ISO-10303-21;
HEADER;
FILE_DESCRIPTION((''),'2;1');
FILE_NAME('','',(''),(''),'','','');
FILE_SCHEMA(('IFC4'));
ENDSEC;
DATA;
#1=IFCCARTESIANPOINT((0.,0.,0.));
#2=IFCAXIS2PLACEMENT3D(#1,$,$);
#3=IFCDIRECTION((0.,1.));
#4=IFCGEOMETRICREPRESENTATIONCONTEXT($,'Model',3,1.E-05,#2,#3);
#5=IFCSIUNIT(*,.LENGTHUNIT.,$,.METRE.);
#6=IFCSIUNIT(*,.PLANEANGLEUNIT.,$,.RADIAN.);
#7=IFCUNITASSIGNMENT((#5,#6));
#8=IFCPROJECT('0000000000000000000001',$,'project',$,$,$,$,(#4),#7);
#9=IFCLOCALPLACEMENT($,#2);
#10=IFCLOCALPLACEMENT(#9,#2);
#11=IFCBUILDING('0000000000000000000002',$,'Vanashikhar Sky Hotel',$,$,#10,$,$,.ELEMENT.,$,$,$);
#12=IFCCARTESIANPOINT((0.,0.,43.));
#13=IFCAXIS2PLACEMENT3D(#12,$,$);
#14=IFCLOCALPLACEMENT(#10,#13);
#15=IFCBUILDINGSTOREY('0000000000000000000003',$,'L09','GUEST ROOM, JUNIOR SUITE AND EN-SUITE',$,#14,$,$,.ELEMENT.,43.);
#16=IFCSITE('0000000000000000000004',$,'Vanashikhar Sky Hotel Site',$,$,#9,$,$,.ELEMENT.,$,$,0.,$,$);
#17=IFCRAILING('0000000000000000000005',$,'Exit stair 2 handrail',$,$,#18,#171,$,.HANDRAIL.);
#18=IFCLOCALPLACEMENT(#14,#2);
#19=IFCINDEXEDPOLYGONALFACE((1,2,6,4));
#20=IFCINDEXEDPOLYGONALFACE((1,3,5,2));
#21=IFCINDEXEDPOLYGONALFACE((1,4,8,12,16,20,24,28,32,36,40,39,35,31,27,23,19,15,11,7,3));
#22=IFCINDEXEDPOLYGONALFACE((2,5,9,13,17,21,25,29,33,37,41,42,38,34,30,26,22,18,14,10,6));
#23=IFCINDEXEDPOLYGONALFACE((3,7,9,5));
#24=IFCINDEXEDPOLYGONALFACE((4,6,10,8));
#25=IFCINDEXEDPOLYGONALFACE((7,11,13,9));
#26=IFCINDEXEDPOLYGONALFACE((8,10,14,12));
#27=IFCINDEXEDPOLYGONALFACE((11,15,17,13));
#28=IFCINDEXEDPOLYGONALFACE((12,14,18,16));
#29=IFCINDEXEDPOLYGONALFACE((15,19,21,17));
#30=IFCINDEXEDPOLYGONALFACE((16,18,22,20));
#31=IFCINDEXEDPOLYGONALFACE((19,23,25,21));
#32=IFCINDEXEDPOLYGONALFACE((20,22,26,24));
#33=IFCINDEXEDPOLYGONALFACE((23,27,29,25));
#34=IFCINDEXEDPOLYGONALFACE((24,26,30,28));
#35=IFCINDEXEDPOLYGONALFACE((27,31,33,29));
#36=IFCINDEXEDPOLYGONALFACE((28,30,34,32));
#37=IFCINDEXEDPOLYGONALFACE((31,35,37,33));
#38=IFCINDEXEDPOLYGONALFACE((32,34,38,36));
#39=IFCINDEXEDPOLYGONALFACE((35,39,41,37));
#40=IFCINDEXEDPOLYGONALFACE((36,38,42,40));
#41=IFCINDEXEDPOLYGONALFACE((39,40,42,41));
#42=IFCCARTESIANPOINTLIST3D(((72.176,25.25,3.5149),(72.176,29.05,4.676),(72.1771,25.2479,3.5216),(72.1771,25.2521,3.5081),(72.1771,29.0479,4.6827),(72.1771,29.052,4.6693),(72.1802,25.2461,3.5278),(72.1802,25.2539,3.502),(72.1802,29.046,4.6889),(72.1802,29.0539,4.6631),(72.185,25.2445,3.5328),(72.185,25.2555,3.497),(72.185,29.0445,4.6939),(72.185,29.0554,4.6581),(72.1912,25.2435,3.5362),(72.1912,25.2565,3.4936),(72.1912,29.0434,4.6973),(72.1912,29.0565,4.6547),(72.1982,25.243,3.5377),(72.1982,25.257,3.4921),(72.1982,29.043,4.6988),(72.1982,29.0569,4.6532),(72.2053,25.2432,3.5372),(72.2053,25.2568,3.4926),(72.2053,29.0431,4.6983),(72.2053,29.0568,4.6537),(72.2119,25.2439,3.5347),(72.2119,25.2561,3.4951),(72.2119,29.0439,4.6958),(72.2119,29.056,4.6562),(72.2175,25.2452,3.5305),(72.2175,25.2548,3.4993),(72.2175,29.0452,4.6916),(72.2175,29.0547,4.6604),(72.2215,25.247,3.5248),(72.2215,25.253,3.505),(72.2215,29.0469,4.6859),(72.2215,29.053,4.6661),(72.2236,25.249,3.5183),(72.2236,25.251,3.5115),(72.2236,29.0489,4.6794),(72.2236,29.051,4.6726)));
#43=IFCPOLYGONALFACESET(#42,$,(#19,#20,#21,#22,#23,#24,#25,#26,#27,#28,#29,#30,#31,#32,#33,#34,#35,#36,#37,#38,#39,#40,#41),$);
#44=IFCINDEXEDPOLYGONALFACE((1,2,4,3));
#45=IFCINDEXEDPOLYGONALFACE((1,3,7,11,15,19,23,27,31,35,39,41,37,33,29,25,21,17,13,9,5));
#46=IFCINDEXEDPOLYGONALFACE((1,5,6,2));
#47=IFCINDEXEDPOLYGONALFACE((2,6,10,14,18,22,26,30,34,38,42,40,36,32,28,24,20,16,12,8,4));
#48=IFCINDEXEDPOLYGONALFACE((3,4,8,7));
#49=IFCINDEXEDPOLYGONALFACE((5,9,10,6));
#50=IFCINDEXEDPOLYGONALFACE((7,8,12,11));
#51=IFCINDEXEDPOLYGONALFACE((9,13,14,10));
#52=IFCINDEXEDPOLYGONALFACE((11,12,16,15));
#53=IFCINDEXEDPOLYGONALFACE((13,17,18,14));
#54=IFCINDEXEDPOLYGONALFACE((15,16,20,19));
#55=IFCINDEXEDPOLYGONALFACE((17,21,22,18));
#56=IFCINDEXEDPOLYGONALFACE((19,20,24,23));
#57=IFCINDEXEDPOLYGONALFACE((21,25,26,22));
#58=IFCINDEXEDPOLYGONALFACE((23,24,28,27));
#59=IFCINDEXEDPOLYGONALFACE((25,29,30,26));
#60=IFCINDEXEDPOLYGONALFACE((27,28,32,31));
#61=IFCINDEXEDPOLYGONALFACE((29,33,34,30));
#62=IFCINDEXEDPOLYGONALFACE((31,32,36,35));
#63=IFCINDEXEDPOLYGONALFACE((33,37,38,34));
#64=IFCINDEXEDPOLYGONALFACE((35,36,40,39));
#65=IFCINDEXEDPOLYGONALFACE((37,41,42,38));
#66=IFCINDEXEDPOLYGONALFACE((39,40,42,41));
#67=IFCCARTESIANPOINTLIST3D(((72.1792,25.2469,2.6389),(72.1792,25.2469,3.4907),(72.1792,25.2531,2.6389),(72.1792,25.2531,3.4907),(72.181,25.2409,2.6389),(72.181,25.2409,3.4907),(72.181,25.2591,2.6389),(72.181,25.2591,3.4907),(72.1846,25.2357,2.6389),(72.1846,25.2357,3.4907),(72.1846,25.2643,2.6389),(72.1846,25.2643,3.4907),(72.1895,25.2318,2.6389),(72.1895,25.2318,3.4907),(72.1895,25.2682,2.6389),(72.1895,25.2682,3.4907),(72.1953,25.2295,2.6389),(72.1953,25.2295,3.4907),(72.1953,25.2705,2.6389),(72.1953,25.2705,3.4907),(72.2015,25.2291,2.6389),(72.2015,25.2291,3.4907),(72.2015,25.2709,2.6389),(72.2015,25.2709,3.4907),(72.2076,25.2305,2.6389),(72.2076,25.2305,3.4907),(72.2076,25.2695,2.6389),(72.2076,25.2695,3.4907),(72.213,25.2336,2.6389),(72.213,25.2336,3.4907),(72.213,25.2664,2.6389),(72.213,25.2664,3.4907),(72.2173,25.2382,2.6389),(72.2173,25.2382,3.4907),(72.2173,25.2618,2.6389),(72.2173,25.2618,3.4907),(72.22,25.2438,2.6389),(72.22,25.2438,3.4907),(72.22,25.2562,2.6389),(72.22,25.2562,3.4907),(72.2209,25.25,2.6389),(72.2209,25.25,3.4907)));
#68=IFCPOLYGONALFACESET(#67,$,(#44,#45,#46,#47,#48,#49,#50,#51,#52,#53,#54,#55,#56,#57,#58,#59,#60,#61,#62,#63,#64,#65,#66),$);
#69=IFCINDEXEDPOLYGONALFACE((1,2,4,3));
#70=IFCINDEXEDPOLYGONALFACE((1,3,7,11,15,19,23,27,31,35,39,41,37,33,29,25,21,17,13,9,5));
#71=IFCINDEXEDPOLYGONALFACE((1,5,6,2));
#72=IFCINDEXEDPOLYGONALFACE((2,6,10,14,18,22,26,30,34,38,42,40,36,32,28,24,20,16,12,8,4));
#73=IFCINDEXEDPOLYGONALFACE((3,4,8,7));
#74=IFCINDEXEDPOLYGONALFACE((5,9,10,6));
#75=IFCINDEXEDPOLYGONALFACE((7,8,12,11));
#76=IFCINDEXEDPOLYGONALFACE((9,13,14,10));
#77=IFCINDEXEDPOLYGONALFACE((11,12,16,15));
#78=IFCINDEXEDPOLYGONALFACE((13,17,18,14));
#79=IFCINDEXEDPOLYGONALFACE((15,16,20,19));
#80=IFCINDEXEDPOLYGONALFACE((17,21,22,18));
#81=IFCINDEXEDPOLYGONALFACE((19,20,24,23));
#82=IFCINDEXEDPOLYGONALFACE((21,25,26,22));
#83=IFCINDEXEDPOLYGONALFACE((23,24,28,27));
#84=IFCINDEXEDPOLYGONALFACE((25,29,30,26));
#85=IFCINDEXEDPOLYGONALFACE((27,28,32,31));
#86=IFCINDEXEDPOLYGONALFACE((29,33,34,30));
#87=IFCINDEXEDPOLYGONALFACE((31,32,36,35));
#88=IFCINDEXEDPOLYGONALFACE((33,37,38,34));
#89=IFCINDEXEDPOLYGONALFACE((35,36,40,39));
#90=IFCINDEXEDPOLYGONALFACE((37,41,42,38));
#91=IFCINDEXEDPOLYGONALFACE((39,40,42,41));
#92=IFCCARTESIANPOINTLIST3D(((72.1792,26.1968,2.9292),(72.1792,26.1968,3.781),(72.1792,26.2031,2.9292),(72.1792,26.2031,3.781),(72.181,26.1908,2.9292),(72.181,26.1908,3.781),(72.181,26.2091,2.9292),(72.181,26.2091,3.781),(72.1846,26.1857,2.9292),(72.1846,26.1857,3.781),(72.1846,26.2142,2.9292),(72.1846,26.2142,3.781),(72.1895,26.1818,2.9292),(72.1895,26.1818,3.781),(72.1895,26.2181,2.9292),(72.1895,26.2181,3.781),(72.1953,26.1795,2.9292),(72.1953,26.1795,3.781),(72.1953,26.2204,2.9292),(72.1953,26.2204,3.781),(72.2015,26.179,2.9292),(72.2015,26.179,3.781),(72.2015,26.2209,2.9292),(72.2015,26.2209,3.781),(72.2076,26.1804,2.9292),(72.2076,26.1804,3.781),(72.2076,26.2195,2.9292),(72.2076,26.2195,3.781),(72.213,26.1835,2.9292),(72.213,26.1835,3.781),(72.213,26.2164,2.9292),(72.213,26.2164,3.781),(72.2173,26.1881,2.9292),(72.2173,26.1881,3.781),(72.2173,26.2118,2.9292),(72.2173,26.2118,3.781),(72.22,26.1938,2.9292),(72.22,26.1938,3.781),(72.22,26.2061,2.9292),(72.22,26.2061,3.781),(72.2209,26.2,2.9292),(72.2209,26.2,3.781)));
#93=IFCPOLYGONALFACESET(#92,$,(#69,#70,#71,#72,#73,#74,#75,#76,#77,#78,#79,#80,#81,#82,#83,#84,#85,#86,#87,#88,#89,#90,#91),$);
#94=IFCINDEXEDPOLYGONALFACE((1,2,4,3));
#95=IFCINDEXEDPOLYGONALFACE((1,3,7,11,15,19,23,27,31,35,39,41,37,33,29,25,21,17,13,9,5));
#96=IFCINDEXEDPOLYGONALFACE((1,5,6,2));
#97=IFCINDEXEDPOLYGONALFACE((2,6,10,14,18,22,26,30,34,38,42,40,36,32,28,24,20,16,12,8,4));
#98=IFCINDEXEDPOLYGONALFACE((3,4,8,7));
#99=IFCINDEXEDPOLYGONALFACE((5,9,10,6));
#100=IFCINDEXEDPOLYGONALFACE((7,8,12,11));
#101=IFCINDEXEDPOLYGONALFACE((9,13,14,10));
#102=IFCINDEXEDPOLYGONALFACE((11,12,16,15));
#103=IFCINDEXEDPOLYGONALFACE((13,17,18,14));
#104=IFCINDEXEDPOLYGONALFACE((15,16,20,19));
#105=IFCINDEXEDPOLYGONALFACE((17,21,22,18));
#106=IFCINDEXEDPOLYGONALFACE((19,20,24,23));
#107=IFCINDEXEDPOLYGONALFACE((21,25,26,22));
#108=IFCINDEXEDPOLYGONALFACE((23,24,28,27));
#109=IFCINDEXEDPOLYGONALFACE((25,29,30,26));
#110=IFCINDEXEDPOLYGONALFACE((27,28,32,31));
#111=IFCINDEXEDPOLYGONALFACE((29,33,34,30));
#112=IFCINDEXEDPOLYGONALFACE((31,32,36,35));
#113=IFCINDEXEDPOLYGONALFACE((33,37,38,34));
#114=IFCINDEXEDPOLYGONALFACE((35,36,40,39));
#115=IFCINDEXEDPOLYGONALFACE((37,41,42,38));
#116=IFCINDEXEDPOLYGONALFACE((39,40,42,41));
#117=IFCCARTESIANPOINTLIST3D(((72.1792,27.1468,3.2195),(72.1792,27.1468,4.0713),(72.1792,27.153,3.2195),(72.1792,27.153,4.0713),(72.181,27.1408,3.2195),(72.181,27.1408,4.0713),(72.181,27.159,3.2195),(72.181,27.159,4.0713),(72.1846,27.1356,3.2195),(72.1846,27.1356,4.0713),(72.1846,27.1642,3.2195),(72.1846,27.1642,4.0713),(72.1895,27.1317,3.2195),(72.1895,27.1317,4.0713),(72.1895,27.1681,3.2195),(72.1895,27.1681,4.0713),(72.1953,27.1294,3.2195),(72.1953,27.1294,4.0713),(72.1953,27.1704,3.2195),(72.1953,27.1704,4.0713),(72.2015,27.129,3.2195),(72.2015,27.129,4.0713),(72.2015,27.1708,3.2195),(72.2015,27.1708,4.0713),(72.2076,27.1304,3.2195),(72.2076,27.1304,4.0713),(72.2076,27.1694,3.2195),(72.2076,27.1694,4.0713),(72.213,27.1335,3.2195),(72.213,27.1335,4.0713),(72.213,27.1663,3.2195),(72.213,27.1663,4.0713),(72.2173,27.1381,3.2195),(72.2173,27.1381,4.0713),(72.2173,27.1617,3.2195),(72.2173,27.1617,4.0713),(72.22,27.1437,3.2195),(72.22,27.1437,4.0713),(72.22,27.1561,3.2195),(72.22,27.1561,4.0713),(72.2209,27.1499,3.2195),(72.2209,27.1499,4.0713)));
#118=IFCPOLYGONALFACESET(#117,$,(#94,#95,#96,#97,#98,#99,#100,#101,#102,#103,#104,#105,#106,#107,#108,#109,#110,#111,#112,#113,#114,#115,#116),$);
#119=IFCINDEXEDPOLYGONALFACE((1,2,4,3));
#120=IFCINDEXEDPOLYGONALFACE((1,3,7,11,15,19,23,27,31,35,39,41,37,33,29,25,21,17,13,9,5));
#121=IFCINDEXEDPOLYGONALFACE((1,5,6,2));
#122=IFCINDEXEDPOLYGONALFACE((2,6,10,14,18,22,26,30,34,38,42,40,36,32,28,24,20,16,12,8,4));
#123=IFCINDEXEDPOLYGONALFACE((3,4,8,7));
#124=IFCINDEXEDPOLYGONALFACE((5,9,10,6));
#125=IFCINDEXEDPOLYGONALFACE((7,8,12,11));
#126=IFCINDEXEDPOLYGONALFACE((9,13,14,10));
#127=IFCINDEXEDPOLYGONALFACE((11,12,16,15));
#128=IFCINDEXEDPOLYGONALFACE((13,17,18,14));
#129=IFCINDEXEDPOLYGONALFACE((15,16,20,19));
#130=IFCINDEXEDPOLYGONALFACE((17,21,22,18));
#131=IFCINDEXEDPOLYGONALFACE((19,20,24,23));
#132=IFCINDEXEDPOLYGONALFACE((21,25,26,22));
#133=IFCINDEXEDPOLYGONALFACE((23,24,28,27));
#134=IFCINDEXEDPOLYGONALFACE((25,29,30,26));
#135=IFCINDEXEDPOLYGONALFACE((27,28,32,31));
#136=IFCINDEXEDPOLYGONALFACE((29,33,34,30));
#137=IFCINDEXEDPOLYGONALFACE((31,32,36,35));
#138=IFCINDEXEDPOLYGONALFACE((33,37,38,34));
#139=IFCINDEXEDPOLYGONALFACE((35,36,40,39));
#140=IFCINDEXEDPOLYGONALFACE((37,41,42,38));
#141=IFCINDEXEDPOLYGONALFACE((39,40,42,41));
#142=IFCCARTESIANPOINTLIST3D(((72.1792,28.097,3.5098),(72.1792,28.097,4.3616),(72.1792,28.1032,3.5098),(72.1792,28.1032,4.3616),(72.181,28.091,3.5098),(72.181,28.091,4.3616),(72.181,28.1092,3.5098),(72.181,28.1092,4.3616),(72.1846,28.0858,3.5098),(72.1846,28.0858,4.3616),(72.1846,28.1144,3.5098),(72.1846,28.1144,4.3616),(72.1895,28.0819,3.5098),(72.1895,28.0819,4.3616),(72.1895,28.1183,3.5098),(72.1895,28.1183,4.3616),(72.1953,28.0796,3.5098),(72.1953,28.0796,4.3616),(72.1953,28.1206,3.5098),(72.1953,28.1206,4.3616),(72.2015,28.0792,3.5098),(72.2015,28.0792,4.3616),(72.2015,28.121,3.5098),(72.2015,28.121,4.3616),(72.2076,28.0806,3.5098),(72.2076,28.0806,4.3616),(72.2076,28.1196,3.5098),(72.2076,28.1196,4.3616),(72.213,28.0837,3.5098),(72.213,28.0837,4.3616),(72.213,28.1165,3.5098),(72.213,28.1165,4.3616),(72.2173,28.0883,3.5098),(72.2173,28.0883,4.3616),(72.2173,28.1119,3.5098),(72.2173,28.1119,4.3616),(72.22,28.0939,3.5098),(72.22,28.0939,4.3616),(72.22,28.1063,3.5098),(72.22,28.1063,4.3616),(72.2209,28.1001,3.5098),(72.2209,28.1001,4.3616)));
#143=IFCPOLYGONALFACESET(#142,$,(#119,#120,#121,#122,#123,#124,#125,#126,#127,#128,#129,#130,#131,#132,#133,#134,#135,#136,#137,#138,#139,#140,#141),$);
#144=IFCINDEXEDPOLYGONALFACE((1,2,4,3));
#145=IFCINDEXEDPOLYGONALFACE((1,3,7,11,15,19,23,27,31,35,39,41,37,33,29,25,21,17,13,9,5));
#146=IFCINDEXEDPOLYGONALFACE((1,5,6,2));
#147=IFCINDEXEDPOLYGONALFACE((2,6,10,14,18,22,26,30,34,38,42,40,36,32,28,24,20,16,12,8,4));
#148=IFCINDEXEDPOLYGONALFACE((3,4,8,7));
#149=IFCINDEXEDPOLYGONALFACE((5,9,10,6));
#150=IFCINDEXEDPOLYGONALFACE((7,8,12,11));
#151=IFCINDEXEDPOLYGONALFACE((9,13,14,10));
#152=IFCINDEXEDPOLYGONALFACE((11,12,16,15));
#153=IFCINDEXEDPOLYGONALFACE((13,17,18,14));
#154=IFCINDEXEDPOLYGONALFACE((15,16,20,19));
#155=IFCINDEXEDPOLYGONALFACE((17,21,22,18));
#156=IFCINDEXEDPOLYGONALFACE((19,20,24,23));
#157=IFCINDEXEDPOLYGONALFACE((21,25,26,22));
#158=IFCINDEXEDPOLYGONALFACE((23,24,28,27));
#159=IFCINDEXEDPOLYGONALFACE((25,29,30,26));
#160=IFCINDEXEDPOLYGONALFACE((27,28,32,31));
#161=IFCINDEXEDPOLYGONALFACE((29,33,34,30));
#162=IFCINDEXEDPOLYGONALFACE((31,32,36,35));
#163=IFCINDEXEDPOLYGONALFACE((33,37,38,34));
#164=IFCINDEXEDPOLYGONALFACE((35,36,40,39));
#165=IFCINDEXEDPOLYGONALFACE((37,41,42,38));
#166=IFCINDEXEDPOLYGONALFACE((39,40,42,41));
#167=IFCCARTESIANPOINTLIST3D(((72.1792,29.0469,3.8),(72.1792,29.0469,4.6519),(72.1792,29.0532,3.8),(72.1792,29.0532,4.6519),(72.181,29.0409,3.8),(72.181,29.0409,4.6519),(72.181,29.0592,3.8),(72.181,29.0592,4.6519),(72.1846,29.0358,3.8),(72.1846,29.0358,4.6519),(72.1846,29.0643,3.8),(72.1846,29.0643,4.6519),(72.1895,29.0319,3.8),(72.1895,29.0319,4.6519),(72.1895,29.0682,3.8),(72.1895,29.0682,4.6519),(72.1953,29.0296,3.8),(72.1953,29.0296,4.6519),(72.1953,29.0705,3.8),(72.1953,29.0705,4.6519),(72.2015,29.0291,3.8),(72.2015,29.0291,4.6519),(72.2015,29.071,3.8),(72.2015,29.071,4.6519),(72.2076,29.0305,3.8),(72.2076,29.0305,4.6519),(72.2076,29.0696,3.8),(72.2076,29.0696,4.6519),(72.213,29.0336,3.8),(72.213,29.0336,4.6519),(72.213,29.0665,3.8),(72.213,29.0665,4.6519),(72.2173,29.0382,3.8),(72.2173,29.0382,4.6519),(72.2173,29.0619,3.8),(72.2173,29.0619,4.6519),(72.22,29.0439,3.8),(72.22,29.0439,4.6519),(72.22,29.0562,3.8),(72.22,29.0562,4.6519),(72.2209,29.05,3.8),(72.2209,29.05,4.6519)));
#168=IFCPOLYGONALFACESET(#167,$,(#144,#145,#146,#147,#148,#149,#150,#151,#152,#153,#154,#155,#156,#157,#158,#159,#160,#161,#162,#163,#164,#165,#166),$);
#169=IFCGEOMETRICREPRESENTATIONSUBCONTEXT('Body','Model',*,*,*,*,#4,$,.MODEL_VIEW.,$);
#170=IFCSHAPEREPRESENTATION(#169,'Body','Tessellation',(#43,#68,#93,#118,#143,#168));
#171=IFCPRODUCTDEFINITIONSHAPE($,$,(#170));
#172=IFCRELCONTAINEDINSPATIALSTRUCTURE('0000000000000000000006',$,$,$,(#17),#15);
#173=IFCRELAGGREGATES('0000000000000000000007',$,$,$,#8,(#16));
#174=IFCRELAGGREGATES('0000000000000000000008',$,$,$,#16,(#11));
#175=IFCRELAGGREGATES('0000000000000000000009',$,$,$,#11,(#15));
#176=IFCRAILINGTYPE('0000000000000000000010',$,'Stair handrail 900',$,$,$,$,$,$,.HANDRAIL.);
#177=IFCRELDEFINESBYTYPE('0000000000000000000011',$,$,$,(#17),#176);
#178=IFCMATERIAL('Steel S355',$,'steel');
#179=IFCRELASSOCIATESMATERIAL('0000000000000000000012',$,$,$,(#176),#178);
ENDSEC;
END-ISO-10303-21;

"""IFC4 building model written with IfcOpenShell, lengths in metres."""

from ifc_helpers import new_model, si_unit, direction, frame, origin, origin_2d, place, context, subcontext, project, spatial, circle, extrude, source, transform, mapped, material, type_object, element, save


model = new_model("IFC4")

# Units and contexts
model_context = context("Model", 3, precision=1e-05, world=origin(), true_north=direction((0.0, 1.0)))
body_context = subcontext(model_context, "Body", "Model", "MODEL_VIEW")
ifc_project = project(units=[si_unit("LENGTHUNIT", "METRE"), si_unit("PLANEANGLEUNIT", "RADIAN")], contexts=[model_context])

# Site, building, storey
site_placement = place(None, origin())
site = spatial("IfcSite", under=ifc_project, at=site_placement, Name="Vanashikhar Sky Hotel Site", CompositionType="ELEMENT", RefElevation=0.0)
building_placement = place(site_placement, origin())
building = spatial("IfcBuilding", under=site, at=building_placement, Name="Vanashikhar Sky Hotel", CompositionType="ELEMENT")
storey_placement = place(building_placement, frame((0.0, 0.0, 43.0)))
storey = spatial("IfcBuildingStorey", under=building, at=storey_placement, Name="L09", Description="GUEST ROOM, JUNIOR SUITE AND EN-SUITE", CompositionType="ELEMENT", Elevation=43.0)

# Railing
ifc_material_1 = material(Name="Steel S355", Category="steel")
railing_type_1 = type_object("IfcRailingType", Name="Stair handrail 900", PredefinedType="HANDRAIL", material=ifc_material_1)
shared_shape_1 = source(origin(), body_context, "Body", "SweptSolid", [
    extrude(circle(Radius=0.0239, at=origin_2d()), frame((0.0, 0.0, 0.876), z_axis=(0.0, 0.956351, 0.29222), x_axis=(-1.0, 0.0, 0.0)), (0.0, 0.0, 1.0), 3.9734),
    extrude(circle(Radius=0.021, at=origin_2d()), origin(), (0.0, 0.0, 1.0), 0.8518),
    extrude(circle(Radius=0.021, at=origin_2d()), frame((0.0, 0.95, 0.2903)), (0.0, 0.0, 1.0), 0.8518),
    extrude(circle(Radius=0.021, at=origin_2d()), frame((0.0, 1.8999, 0.5806)), (0.0, 0.0, 1.0), 0.8518),
    extrude(circle(Radius=0.021, at=origin_2d()), frame((0.0, 2.8501, 0.8708)), (0.0, 0.0, 1.0), 0.8518),
    extrude(circle(Radius=0.021, at=origin_2d()), frame((0.0, 3.8, 1.1611)), (0.0, 0.0, 1.0), 0.8518),
])
for number, where, name in (
    (1, (72.2, 25.25, 2.6389), "Exit stair 2 handrail"),
):
    element("IfcRailing", number, at=place(storey_placement, frame(where)), inside=storey, type_object=railing_type_1, Name=name, PredefinedType="HANDRAIL", context=body_context, shape_type="MappedRepresentation", body=[
        mapped(shared_shape_1, transform((0.0, 0.0, 0.0), scale=1.0)),
    ])

save(model, "model.ifc")
